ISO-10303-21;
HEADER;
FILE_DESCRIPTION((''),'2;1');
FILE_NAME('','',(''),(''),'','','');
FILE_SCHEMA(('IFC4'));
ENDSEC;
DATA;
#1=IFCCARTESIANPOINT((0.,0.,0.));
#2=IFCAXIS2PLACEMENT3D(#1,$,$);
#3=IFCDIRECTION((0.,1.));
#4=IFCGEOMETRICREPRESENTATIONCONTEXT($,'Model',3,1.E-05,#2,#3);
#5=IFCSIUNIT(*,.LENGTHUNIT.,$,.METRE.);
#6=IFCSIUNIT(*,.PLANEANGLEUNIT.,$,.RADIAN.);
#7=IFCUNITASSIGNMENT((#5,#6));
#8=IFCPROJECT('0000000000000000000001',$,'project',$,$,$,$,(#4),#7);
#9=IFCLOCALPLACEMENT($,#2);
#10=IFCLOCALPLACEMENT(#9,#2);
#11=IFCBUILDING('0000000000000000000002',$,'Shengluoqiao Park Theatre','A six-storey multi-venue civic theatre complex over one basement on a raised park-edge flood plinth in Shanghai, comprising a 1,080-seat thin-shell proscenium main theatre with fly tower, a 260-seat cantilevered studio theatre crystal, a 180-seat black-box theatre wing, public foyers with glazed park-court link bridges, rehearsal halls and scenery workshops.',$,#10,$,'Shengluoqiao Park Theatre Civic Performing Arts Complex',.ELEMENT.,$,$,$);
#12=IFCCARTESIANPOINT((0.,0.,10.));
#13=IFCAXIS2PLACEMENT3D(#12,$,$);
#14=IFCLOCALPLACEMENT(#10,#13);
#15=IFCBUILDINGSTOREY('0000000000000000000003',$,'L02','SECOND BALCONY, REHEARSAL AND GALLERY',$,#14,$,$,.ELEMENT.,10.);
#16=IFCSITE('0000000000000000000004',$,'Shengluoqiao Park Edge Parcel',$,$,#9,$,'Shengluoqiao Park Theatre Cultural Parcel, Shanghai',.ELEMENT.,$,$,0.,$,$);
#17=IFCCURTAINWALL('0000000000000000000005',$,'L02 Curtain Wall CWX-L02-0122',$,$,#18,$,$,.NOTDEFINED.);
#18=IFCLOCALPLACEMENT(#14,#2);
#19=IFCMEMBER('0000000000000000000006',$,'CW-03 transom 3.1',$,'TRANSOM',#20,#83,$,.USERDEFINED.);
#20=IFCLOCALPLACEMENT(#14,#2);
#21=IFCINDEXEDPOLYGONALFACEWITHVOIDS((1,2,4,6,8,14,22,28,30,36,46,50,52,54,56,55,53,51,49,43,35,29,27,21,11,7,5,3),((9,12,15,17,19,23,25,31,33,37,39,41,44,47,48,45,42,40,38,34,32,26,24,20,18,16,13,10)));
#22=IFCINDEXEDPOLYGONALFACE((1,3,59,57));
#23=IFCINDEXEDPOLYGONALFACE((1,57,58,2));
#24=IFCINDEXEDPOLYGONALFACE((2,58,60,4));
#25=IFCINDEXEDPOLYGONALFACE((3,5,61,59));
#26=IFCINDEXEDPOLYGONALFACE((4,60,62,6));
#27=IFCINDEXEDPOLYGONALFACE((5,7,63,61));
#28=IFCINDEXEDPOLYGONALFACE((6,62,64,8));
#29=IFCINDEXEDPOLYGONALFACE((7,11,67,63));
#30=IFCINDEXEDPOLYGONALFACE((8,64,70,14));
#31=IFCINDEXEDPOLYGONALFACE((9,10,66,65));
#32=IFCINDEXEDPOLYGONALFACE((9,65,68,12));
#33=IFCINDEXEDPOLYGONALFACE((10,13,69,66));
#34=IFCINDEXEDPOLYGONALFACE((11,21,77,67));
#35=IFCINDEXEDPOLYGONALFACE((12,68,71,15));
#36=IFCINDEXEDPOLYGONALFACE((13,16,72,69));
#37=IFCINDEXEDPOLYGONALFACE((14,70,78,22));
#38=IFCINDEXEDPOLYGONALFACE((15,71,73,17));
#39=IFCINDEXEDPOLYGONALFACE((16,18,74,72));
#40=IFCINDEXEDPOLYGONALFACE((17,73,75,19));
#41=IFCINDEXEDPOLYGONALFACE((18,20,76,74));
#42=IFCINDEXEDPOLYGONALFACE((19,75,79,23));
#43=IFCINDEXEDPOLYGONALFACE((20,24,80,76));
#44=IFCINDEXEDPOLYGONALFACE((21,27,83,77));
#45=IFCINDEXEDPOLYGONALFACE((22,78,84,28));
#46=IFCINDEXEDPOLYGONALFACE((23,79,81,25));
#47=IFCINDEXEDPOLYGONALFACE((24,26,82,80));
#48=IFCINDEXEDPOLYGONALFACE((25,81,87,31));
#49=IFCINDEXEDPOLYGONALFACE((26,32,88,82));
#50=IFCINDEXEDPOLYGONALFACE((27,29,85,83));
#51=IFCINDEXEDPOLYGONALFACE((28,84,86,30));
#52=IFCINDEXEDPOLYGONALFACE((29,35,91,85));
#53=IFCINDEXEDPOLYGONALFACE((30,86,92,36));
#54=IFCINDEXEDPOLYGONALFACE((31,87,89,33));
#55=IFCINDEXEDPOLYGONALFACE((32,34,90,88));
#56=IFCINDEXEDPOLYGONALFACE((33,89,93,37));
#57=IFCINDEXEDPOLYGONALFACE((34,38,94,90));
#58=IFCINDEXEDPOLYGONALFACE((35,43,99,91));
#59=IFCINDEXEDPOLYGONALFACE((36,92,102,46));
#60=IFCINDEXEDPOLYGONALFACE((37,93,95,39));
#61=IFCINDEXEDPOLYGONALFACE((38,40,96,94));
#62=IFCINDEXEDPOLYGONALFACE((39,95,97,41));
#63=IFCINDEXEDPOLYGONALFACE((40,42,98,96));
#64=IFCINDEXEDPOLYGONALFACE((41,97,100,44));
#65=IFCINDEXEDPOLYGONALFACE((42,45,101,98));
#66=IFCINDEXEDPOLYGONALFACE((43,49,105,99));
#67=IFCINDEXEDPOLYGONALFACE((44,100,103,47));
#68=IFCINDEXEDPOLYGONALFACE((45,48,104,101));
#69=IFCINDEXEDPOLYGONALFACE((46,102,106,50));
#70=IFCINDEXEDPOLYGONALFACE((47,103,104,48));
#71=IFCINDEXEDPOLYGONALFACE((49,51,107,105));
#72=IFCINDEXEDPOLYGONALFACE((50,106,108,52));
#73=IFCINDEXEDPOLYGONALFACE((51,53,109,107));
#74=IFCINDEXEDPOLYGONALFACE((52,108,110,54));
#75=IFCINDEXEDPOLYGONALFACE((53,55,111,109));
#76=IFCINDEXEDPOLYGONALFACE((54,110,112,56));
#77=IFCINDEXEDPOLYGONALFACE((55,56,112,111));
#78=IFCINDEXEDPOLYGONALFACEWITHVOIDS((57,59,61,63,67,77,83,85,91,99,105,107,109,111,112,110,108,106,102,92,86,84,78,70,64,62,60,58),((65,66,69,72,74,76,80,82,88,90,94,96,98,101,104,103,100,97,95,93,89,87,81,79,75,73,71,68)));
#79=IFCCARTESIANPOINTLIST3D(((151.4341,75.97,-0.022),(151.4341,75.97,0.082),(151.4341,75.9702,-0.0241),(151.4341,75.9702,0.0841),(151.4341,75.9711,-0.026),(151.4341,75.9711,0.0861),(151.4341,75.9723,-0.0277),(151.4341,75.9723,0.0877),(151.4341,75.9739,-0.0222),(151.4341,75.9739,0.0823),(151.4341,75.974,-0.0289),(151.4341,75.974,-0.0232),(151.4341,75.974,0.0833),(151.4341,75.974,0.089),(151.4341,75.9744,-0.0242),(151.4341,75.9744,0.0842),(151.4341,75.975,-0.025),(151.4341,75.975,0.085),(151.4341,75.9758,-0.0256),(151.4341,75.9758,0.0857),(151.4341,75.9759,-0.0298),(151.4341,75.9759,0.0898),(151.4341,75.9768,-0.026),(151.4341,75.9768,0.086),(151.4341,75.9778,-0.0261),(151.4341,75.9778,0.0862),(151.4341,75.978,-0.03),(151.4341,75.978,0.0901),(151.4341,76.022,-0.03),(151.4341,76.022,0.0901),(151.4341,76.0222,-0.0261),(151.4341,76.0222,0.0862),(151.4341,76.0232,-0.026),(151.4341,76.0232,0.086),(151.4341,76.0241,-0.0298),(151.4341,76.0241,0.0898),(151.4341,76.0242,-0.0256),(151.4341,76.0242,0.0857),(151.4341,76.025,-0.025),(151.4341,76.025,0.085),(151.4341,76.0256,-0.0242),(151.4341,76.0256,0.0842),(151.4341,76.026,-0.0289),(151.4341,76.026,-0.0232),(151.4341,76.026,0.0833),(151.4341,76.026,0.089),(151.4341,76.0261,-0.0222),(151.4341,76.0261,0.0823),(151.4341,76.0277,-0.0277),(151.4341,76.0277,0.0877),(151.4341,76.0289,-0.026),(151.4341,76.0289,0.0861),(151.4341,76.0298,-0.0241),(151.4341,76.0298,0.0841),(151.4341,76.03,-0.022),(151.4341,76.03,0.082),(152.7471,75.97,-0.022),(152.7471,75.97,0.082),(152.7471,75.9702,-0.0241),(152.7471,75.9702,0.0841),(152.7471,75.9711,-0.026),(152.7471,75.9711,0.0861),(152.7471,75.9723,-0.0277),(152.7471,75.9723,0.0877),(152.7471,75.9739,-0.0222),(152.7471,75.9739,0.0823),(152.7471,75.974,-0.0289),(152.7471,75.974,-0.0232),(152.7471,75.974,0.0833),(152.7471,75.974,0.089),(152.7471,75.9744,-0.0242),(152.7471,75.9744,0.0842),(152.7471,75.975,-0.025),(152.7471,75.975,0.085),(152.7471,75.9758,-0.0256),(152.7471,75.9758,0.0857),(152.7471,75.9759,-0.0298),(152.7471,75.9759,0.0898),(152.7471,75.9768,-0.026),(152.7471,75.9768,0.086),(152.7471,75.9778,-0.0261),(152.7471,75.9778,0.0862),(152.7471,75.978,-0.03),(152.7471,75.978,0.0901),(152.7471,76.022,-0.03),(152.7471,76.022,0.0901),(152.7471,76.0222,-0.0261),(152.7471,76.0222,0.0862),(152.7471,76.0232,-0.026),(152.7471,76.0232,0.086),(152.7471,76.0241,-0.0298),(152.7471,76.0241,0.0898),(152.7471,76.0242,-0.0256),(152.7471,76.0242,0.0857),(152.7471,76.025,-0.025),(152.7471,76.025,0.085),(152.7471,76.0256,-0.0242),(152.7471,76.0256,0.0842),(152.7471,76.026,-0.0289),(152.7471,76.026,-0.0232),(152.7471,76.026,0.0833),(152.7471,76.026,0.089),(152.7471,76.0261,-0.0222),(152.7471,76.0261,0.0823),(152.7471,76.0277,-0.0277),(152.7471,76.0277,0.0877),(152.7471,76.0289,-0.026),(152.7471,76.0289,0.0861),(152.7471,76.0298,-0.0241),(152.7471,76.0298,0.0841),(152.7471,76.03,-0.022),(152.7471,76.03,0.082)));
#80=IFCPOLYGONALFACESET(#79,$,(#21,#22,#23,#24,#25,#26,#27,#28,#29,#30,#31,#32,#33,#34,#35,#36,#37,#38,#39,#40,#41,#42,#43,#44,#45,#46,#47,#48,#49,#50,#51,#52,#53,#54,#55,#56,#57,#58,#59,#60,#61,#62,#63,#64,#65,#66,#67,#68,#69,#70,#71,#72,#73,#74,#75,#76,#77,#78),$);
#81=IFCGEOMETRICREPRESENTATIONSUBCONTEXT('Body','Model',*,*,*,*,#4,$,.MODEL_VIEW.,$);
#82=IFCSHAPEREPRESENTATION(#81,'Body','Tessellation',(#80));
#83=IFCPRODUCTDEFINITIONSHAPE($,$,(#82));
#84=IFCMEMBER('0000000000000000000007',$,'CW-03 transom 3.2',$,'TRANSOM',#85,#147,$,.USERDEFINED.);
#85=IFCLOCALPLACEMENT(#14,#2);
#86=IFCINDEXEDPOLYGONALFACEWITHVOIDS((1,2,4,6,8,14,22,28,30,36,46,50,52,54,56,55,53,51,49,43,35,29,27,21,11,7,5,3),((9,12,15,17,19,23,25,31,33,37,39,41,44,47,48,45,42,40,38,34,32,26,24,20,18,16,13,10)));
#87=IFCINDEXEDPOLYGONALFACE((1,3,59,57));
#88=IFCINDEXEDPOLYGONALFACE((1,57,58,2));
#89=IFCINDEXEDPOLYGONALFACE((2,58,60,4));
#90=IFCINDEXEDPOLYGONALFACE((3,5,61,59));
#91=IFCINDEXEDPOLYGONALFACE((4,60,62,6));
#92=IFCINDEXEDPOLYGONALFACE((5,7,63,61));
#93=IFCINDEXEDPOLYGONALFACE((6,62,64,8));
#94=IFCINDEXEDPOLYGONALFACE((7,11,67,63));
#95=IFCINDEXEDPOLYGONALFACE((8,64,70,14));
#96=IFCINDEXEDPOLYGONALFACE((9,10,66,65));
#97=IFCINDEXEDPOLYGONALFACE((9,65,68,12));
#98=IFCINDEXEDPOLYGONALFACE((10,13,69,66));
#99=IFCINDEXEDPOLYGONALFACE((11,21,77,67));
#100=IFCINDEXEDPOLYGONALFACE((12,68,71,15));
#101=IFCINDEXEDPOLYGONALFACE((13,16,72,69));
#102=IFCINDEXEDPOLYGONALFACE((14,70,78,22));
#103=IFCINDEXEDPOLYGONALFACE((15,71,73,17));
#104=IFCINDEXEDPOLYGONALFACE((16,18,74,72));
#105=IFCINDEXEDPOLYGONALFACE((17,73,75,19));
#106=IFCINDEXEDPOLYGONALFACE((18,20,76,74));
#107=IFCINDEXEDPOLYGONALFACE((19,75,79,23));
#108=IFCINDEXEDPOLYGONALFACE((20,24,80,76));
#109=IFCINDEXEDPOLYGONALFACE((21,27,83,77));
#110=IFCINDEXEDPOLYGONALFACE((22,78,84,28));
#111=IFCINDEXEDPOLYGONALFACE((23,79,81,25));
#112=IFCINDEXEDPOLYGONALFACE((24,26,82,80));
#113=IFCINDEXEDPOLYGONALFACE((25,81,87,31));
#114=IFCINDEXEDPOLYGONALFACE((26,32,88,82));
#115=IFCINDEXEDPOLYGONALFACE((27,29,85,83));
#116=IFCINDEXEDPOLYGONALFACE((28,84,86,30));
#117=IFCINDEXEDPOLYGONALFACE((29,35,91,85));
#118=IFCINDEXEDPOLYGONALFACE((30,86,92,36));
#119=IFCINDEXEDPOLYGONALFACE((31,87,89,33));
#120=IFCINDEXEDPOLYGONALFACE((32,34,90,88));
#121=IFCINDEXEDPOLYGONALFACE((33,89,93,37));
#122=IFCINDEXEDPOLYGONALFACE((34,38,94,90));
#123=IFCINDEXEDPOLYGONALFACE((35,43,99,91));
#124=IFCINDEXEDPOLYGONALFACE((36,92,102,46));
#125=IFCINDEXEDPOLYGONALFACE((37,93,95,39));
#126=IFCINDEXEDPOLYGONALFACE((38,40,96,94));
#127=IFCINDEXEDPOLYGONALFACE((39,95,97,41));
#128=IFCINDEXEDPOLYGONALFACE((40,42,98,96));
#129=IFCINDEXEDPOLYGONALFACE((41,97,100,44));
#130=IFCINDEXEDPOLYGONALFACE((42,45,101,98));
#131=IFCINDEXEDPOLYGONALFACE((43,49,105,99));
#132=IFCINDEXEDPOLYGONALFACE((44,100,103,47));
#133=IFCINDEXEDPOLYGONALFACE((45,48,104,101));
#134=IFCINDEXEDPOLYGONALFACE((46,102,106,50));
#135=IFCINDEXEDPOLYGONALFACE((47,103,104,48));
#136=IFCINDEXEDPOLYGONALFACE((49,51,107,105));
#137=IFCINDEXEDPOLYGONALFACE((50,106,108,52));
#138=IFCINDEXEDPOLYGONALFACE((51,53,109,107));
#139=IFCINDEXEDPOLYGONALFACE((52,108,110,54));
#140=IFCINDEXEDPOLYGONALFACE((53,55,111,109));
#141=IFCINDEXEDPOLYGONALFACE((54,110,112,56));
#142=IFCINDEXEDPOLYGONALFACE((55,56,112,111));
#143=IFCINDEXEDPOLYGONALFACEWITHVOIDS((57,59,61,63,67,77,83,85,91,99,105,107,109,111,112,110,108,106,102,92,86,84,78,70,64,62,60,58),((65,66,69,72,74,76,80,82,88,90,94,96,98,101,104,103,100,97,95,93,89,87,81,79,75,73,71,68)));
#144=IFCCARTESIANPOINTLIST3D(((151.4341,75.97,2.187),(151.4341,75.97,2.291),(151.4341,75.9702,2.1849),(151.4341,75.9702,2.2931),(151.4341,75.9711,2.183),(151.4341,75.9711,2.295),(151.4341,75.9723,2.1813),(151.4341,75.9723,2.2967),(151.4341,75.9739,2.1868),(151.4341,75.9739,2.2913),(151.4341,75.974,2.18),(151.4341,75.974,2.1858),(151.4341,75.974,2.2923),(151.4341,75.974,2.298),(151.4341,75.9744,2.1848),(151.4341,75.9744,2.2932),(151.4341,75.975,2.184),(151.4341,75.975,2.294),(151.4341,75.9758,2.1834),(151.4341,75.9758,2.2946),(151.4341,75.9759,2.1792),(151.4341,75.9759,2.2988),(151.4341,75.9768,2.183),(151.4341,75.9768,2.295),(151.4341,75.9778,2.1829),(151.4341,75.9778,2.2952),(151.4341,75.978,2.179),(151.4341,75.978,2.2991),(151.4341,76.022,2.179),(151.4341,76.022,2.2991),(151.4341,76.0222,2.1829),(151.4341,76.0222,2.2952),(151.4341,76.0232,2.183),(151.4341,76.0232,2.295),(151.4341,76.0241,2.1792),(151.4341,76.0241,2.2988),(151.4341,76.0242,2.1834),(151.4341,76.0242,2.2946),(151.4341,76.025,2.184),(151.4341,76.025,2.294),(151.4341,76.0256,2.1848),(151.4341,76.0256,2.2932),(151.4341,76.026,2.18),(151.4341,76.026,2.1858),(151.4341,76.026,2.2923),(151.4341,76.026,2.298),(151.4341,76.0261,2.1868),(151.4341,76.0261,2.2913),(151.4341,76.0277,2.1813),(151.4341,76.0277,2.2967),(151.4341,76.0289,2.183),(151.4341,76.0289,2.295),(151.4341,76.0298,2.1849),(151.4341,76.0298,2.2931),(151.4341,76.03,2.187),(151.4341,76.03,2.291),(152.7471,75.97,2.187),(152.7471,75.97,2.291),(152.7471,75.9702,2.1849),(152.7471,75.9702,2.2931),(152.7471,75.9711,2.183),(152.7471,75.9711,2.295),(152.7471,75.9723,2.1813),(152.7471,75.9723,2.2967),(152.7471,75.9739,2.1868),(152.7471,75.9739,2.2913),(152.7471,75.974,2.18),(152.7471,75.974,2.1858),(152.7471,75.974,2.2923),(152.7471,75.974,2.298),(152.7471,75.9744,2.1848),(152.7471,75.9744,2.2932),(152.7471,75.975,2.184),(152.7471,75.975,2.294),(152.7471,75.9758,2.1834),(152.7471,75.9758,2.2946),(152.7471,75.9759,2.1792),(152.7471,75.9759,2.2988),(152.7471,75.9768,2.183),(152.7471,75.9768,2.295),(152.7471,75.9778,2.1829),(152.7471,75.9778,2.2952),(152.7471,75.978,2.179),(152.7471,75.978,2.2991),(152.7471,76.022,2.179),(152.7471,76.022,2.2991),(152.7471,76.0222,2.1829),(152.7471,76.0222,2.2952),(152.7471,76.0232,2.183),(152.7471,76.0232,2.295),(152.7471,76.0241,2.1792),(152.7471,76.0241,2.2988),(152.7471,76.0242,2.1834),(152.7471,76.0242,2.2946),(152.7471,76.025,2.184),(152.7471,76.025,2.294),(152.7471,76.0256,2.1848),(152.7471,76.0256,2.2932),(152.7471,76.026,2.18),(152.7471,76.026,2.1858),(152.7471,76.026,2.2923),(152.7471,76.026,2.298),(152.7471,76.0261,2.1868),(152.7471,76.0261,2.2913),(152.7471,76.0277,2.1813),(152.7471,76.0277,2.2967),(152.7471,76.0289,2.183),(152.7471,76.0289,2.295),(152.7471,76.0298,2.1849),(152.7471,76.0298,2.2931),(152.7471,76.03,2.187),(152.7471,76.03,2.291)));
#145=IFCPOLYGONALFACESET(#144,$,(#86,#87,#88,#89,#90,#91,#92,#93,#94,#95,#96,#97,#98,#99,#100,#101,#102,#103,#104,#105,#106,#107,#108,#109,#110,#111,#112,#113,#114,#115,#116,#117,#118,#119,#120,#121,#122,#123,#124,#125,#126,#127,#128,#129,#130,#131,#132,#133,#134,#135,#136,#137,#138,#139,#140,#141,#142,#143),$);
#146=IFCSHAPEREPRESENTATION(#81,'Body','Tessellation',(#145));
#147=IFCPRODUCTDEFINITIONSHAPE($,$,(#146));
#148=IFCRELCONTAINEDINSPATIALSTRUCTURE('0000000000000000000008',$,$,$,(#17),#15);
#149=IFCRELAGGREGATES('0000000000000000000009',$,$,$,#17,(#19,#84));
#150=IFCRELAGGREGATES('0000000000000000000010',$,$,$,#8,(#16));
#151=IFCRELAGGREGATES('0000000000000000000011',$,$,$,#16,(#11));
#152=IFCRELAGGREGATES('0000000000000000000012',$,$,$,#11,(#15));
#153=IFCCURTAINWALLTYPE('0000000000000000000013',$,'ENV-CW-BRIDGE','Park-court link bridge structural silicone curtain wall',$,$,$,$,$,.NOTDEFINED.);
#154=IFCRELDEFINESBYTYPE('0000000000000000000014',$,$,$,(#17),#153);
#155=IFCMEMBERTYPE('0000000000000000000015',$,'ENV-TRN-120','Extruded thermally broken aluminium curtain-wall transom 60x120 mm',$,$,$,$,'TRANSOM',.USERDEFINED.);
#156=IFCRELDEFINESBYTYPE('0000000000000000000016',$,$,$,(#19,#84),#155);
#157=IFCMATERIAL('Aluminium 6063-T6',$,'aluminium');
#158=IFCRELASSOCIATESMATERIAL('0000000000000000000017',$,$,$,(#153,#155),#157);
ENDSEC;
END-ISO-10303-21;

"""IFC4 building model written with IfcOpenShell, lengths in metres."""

from ifc_helpers import new_model, si_unit, direction, frame, origin, origin_2d, place, context, subcontext, project, spatial, hollow_rectangle, extrude, material, material_profile, profile_set, type_object, element, aggregate, save


model = new_model("IFC4")

# Units and contexts
model_context = context("Model", 3, precision=1e-05, world=origin(), true_north=direction((0.0, 1.0)))
body_context = subcontext(model_context, "Body", "Model", "MODEL_VIEW")
ifc_project = project(units=[si_unit("LENGTHUNIT", "METRE"), si_unit("PLANEANGLEUNIT", "RADIAN")], contexts=[model_context])

# Site, building, storey
site_placement = place(None, origin())
site = spatial("IfcSite", under=ifc_project, at=site_placement, Name="Shengluoqiao Park Edge Parcel", LongName="Shengluoqiao Park Theatre Cultural Parcel, Shanghai", CompositionType="ELEMENT", RefElevation=0.0)
building_placement = place(site_placement, origin())
building = spatial("IfcBuilding", under=site, at=building_placement, Name="Shengluoqiao Park Theatre", Description="A six-storey multi-venue civic theatre complex over one basement on a raised park-edge flood plinth in Shanghai, comprising a 1,080-seat thin-shell proscenium main theatre with fly tower, a 260-seat cantilevered studio theatre crystal, a 180-seat black-box theatre wing, public foyers with glazed park-court link bridges, rehearsal halls and scenery workshops.", LongName="Shengluoqiao Park Theatre Civic Performing Arts Complex", CompositionType="ELEMENT")
storey_placement = place(building_placement, frame((0.0, 0.0, 10.0)))
storey = spatial("IfcBuildingStorey", under=building, at=storey_placement, Name="L02", Description="SECOND BALCONY, REHEARSAL AND GALLERY", CompositionType="ELEMENT", Elevation=10.0)

# Curtain wall, members
ifc_material_1 = material(Name="Aluminium 6063-T6", Category="aluminium")
curtain_wall_type = type_object("IfcCurtainWallType", Name="ENV-CW-BRIDGE", Description="Park-court link bridge structural silicone curtain wall", PredefinedType="NOTDEFINED", material=ifc_material_1)
curtain_wall_placement = place(storey_placement, origin())
curtain_wall = element("IfcCurtainWall", 1, at=curtain_wall_placement, inside=storey, type_object=curtain_wall_type, Name="L02 Curtain Wall CWX-L02-0122", PredefinedType="NOTDEFINED")
ifc_material_profile_1 = material_profile(ifc_material_1, hollow_rectangle(XDim=0.0601, YDim=0.1201, WallThickness=0.0039, InnerFilletRadius=0.0039, OuterFilletRadius=0.0081, at=origin_2d()), Name="ALU TRANSOM 120x60x4")
ifc_profile_set_1 = profile_set([ifc_material_profile_1], Name="Aluminium 6063-T6")
member_type_1 = type_object("IfcMemberType", Name="ENV-TRN-120", Description="Extruded thermally broken aluminium curtain-wall transom 60x120 mm", ElementType="TRANSOM", PredefinedType="USERDEFINED", material=ifc_profile_set_1)
member_1_placement = place(storey_placement, frame((151.4341, 76.0, 0.03), z_axis=(1.0, 0.0, 0.0), x_axis=(0.0, 1.0, 0.0)))
member_1 = element("IfcMember", 2, at=member_1_placement, type_object=member_type_1, Name="CW-03 transom 3.1", ObjectType="TRANSOM", PredefinedType="USERDEFINED", context=body_context, shape_type="SweptSolid", body=[
    extrude(hollow_rectangle(XDim=0.0601, YDim=0.1201, WallThickness=0.0039, InnerFilletRadius=0.0039, OuterFilletRadius=0.0081, at=origin_2d()), origin(), (0.0, 0.0, 1.0), 1.313),
])
member_2_placement = place(storey_placement, frame((151.4341, 76.0, 2.239), z_axis=(1.0, 0.0, 0.0), x_axis=(0.0, 1.0, 0.0)))
member_2 = element("IfcMember", 3, at=member_2_placement, type_object=member_type_1, Name="CW-03 transom 3.2", ObjectType="TRANSOM", PredefinedType="USERDEFINED", context=body_context, shape_type="SweptSolid", body=[
    extrude(hollow_rectangle(XDim=0.0601, YDim=0.1201, WallThickness=0.0039, InnerFilletRadius=0.0039, OuterFilletRadius=0.0081, at=origin_2d()), origin(), (0.0, 0.0, 1.0), 1.313),
])
aggregate(curtain_wall, [member_1, member_2])

save(model, "model.ifc")
